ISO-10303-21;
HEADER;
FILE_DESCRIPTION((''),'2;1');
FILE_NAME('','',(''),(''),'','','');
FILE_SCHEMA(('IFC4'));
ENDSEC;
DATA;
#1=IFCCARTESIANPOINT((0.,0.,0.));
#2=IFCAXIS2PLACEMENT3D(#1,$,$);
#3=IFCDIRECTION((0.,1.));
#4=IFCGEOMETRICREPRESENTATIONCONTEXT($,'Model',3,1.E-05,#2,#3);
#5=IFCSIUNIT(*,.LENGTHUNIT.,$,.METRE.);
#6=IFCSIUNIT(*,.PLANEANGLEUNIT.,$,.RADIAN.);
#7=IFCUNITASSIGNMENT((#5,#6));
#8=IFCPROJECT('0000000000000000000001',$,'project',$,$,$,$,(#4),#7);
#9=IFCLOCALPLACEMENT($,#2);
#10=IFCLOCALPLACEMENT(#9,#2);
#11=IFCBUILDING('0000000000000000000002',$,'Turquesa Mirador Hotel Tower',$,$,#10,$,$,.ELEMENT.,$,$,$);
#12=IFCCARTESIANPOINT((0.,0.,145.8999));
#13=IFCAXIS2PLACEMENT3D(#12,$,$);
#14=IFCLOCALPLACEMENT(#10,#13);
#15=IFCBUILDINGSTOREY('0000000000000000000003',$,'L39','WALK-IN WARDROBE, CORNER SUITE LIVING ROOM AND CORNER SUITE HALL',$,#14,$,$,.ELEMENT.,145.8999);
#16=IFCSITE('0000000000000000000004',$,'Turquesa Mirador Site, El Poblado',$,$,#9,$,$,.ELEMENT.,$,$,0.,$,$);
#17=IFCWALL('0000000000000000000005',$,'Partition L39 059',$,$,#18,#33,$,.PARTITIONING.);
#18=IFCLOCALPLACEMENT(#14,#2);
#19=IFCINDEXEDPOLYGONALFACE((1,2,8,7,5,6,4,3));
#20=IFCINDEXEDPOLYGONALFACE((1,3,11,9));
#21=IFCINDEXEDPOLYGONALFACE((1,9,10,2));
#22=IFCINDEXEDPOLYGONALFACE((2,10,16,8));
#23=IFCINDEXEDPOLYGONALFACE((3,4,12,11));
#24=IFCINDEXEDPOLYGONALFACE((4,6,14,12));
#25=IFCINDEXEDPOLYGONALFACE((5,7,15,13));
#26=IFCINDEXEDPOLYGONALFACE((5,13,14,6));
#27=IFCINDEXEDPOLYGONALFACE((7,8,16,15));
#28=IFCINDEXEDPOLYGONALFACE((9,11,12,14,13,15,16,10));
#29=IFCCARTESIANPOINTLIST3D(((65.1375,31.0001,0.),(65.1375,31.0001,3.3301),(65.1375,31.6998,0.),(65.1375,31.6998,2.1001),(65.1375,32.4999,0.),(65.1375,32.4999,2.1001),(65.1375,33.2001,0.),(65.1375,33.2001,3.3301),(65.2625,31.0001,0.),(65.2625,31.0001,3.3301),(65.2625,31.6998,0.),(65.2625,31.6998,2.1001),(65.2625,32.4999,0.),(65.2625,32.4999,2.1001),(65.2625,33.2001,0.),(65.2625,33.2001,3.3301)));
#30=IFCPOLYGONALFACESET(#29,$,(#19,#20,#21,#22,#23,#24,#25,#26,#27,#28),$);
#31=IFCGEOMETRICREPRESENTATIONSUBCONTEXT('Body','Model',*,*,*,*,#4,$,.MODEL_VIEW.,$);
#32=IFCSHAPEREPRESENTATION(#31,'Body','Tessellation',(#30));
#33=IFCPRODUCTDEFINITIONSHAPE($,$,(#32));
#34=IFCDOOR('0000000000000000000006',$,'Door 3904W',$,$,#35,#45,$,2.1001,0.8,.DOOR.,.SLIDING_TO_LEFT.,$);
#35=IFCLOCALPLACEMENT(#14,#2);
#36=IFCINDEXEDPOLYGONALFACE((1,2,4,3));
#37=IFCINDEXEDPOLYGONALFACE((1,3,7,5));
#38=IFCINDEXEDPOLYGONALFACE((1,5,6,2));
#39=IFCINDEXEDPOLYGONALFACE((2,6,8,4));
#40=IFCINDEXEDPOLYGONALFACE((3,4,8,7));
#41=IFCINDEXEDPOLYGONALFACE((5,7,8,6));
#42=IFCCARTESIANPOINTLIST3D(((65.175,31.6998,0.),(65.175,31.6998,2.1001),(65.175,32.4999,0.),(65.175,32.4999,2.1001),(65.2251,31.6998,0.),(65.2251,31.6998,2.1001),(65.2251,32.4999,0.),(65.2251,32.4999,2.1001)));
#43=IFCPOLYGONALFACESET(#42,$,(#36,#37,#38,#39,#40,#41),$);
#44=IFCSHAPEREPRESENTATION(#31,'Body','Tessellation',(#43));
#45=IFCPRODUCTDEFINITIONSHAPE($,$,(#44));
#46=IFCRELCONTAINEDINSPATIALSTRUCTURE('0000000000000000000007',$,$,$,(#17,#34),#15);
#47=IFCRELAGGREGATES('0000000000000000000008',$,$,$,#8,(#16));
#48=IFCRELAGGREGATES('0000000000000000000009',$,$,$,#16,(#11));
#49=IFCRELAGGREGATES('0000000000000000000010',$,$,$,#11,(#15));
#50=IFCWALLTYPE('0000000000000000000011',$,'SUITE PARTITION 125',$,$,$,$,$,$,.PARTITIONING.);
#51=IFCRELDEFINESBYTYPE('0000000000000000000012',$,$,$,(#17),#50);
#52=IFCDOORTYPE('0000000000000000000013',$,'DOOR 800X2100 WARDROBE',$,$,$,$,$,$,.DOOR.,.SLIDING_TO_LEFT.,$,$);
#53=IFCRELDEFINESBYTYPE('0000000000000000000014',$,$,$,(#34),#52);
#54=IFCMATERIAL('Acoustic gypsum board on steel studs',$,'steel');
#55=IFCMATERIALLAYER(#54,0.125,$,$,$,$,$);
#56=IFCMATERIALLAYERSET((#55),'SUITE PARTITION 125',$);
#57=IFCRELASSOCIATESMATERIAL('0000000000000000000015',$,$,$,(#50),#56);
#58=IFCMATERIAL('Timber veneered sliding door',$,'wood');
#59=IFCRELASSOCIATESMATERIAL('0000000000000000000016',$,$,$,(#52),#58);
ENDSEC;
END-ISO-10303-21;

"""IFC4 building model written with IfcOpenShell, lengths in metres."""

from ifc_helpers import new_model, si_unit, direction, frame, frame_2d, origin, place, context, subcontext, project, spatial, rectangle, extrude, material, layer, layer_set, type_object, element, fill, save


model = new_model("IFC4")

# Units and contexts
model_context = context("Model", 3, precision=1e-05, world=origin(), true_north=direction((0.0, 1.0)))
body_context = subcontext(model_context, "Body", "Model", "MODEL_VIEW")
ifc_project = project(units=[si_unit("LENGTHUNIT", "METRE"), si_unit("PLANEANGLEUNIT", "RADIAN")], contexts=[model_context])

# Site, building, storey
site_placement = place(None, origin())
site = spatial("IfcSite", under=ifc_project, at=site_placement, Name="Turquesa Mirador Site, El Poblado", CompositionType="ELEMENT", RefElevation=0.0)
building_placement = place(site_placement, origin())
building = spatial("IfcBuilding", under=site, at=building_placement, Name="Turquesa Mirador Hotel Tower", CompositionType="ELEMENT")
storey_placement = place(building_placement, frame((0.0, 0.0, 145.8999)))
storey = spatial("IfcBuildingStorey", under=building, at=storey_placement, Name="L39", Description="WALK-IN WARDROBE, CORNER SUITE LIVING ROOM AND CORNER SUITE HALL", CompositionType="ELEMENT", Elevation=145.8999)

# Shared definitions
ifc_material_1 = material(Name="Acoustic gypsum board on steel studs", Category="steel")
ifc_layer_1 = layer(ifc_material_1, 0.125)
ifc_layer_set_1 = layer_set([ifc_layer_1], Name="SUITE PARTITION 125")
wall_type_1 = type_object("IfcWallType", Name="SUITE PARTITION 125", PredefinedType="PARTITIONING", material=ifc_layer_set_1)

# Wall, opening, door
wall_1_placement = place(storey_placement, frame((65.2, 31.0, 0.0), z_axis=(0.0, 0.0, 1.0), x_axis=(0.0, 1.0, 0.0)))
wall_1 = element("IfcWall", 1, at=wall_1_placement, inside=storey, type_object=wall_type_1, Name="Partition L39 059", PredefinedType="PARTITIONING", context=body_context, shape_type="SweptSolid", body=[
    extrude(rectangle(XDim=2.2, YDim=0.125, at=frame_2d((1.1001, 0.0))), origin(), (0.0, 0.0, 1.0), 3.3301),
])
opening_1_placement = place(wall_1_placement, frame((0.7, 0.0, 0.0)))
opening_1 = element("IfcOpeningElement", 2, at=opening_1_placement, cuts=wall_1, PredefinedType="OPENING", context=body_context, shape_type="SweptSolid", body=[
    extrude(rectangle(XDim=0.8, YDim=2.1001, at=frame_2d((0.3999, 1.05))), frame((0.0, 0.0725, 0.0), z_axis=(0.0, -1.0, 0.0), x_axis=(1.0, 0.0, 0.0)), (0.0, 0.0, 1.0), 0.145),
])
ifc_material_2 = material(Name="Timber veneered sliding door", Category="wood")
door_type_1 = type_object("IfcDoorType", Name="DOOR 800X2100 WARDROBE", OperationType="SLIDING_TO_LEFT", PredefinedType="DOOR", material=ifc_material_2)
door_1_placement = place(opening_1_placement, origin())
door_1 = element("IfcDoor", 3, at=door_1_placement, inside=storey, type_object=door_type_1, Name="Door 3904W", OperationType="SLIDING_TO_LEFT", OverallHeight=2.1001, OverallWidth=0.8, PredefinedType="DOOR", context=body_context, shape_type="SweptSolid", body=[
    extrude(rectangle(XDim=0.8, YDim=2.1001, at=frame_2d((0.3999, 1.05))), frame((0.0, 0.0249, 0.0), z_axis=(0.0, -1.0, 0.0), x_axis=(1.0, 0.0, 0.0)), (0.0, 0.0, 1.0), 0.05),
])
fill(opening_1, door_1)

save(model, "model.ifc")
